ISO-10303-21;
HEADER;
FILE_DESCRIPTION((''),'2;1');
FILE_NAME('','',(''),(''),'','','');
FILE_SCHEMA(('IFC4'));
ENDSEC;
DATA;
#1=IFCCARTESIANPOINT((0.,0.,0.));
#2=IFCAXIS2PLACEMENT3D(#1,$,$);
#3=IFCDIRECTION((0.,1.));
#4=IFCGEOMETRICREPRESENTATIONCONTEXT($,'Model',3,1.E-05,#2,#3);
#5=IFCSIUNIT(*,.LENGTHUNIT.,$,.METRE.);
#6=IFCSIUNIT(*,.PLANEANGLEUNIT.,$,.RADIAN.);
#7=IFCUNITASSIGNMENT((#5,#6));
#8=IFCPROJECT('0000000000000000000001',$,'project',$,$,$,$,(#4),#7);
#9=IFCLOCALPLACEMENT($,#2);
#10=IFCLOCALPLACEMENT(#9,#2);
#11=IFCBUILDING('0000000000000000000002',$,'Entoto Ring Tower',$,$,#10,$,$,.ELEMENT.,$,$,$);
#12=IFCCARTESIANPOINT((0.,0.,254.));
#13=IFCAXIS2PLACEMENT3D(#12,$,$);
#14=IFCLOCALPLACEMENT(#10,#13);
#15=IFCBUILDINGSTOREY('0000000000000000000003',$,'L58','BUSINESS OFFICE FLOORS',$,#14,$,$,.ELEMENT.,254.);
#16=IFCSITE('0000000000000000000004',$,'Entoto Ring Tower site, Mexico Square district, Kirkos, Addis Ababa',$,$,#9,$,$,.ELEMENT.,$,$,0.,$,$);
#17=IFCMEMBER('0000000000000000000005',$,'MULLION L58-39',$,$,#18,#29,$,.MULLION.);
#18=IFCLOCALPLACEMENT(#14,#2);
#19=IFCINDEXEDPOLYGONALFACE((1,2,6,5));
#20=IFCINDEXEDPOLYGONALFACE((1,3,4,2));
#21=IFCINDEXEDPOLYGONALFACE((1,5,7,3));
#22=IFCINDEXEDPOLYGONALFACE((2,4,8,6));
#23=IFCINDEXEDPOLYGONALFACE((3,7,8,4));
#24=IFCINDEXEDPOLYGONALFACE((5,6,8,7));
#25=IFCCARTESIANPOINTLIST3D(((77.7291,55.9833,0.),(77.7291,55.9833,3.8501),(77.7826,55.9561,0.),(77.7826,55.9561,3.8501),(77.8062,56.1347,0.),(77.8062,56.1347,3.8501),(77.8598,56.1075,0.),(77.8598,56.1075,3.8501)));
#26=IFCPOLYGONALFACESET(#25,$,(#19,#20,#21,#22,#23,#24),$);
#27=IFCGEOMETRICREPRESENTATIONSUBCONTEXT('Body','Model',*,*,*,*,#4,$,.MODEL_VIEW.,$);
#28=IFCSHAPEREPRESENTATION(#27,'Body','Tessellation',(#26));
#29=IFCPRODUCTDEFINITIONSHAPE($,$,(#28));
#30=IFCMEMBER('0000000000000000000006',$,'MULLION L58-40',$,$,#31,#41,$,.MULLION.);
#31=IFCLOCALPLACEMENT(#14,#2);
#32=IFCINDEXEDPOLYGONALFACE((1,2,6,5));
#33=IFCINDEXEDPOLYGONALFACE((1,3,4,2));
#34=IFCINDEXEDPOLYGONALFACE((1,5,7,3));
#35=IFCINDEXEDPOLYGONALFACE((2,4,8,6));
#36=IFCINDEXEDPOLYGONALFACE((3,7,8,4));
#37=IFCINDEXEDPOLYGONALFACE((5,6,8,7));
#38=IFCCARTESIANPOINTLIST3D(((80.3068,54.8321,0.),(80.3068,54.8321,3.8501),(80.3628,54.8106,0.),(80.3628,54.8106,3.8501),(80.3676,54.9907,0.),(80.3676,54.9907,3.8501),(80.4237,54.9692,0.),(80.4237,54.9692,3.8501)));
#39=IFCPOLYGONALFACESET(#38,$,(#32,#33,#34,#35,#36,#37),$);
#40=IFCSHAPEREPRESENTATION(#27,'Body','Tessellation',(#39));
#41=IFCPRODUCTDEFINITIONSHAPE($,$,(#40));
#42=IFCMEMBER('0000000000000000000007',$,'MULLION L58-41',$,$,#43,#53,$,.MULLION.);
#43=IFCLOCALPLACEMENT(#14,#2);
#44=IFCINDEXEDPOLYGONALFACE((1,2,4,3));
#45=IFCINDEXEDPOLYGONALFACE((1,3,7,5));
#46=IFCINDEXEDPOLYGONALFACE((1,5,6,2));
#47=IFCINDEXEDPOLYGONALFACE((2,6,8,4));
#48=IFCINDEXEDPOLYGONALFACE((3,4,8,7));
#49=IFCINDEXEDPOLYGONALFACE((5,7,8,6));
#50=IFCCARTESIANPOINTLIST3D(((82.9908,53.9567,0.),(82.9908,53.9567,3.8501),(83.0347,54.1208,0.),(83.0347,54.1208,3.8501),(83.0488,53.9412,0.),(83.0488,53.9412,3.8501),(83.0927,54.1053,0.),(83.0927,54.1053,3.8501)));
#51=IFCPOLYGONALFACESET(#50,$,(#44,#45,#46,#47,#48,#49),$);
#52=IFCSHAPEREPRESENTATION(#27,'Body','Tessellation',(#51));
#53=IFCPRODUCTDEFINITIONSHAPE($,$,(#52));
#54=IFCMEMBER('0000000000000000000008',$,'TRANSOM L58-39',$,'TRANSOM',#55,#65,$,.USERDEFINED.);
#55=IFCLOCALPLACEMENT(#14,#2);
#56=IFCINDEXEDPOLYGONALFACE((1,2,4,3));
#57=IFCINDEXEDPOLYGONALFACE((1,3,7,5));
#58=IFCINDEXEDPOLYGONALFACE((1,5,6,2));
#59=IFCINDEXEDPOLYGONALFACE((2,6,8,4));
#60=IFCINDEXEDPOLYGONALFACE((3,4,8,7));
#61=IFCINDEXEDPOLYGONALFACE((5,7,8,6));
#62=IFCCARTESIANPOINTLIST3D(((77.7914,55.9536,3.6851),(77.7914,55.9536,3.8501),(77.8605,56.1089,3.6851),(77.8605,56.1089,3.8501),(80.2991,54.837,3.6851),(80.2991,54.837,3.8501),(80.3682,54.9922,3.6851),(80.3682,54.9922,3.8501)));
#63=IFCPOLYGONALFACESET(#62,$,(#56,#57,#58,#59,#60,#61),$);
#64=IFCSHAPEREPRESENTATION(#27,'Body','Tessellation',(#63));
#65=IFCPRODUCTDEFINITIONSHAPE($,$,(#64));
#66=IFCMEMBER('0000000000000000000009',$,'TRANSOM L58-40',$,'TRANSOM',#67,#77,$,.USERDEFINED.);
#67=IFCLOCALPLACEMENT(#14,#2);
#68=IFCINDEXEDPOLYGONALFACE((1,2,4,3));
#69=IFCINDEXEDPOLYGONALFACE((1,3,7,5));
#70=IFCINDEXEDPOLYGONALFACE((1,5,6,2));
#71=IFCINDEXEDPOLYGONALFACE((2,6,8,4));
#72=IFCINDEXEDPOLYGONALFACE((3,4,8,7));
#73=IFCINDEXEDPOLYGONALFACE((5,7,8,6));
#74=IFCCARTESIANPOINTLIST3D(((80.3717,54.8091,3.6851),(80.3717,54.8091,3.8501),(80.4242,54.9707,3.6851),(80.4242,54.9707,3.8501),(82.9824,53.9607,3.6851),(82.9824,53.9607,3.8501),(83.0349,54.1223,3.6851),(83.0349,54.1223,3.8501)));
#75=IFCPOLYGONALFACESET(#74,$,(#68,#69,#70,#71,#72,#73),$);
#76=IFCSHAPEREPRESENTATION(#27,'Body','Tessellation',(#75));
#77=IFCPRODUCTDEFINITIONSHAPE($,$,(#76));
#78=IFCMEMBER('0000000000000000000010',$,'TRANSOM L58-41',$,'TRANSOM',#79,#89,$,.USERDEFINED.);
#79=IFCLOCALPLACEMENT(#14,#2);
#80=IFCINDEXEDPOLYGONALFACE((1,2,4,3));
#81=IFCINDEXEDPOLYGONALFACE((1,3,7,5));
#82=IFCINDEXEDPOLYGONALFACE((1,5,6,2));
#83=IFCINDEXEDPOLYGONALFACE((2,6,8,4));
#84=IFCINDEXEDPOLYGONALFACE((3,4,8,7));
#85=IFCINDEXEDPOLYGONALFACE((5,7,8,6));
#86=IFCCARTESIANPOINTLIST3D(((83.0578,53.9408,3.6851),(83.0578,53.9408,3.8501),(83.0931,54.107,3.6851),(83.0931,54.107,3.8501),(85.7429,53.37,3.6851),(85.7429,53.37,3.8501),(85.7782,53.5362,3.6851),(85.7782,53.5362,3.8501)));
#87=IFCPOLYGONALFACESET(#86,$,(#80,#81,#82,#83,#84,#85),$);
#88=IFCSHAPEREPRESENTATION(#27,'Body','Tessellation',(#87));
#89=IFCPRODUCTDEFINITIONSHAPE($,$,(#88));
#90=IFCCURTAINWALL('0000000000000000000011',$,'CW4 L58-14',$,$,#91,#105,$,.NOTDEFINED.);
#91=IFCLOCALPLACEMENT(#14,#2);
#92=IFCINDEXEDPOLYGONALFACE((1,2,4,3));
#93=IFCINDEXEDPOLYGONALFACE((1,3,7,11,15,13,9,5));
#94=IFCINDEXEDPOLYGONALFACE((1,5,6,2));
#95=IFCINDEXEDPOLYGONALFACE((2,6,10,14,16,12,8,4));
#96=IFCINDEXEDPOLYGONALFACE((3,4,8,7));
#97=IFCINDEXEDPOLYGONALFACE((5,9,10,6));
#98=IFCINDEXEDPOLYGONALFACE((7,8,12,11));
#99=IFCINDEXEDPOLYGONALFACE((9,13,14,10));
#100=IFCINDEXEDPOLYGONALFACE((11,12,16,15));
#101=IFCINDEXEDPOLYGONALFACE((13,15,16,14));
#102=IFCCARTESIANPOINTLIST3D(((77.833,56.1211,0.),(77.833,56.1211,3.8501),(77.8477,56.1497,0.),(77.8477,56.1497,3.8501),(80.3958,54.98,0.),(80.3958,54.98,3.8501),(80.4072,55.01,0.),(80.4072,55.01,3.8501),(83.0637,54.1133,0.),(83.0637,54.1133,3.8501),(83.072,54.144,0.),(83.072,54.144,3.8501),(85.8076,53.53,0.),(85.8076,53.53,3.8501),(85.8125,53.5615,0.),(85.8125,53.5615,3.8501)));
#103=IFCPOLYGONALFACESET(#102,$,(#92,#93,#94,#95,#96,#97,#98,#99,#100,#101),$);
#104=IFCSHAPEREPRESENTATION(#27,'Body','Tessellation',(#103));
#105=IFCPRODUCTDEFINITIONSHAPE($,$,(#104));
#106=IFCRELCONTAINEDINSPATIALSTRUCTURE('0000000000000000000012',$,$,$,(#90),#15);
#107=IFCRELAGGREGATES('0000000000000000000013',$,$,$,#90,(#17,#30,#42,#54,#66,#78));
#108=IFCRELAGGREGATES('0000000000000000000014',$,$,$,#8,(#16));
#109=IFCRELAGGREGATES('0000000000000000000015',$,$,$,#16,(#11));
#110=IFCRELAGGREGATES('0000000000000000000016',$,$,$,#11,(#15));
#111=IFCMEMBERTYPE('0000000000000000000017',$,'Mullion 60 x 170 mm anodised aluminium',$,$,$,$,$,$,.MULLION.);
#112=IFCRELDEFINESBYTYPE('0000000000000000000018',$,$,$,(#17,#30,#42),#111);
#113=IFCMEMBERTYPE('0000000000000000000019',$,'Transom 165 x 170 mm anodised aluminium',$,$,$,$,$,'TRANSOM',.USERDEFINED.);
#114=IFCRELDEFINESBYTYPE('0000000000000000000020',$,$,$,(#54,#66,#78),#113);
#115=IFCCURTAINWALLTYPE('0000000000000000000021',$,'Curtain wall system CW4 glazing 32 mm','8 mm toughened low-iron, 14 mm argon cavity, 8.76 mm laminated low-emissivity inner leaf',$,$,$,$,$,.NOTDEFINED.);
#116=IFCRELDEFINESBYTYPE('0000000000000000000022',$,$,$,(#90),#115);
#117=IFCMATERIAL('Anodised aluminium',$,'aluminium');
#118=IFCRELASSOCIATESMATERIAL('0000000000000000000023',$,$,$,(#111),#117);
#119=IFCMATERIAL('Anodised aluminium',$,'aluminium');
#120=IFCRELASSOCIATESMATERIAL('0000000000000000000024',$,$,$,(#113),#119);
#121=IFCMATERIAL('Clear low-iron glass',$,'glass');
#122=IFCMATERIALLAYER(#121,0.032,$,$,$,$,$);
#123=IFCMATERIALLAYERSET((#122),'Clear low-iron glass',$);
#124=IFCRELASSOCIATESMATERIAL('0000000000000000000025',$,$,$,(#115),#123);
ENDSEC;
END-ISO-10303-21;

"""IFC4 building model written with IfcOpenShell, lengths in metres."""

from ifc_helpers import new_model, si_unit, direction, frame, origin, origin_2d, place, context, subcontext, project, spatial, polyline, rectangle, outline, extrude, material, layer, layer_set, material_profile, profile_set, type_object, element, aggregate, save


model = new_model("IFC4")

# Units and contexts
model_context = context("Model", 3, precision=1e-05, world=origin(), true_north=direction((0.0, 1.0)))
body_context = subcontext(model_context, "Body", "Model", "MODEL_VIEW")
ifc_project = project(units=[si_unit("LENGTHUNIT", "METRE"), si_unit("PLANEANGLEUNIT", "RADIAN")], contexts=[model_context])

# Members
ifc_material_1 = material(Name="Anodised aluminium", Category="aluminium")
ifc_material_profile_1 = material_profile(ifc_material_1, rectangle(XDim=0.0601, YDim=0.1699, at=origin_2d()), Name="Mullion 60 x 170 mm anodised aluminium")
ifc_profile_set_1 = profile_set([ifc_material_profile_1], Name="Anodised aluminium")
member_type_1 = type_object("IfcMemberType", Name="Mullion 60 x 170 mm anodised aluminium", PredefinedType="MULLION", material=ifc_profile_set_1)
site_placement = place(None, origin())
building_placement = place(site_placement, origin())
storey_placement = place(building_placement, frame((0.0, 0.0, 254.0)))
member_1_placement = place(storey_placement, frame((77.7944, 56.0454, 0.0), z_axis=(0.0, 0.0, 1.0), x_axis=(0.891007, -0.45399, 0.0)))
member_1 = element("IfcMember", 1, at=member_1_placement, type_object=member_type_1, Name="MULLION L58-39", PredefinedType="MULLION", context=body_context, shape_type="SweptSolid", body=[
    extrude(rectangle(XDim=0.0601, YDim=0.1699, at=origin_2d()), origin(), (0.0, 0.0, 1.0), 3.8501),
])
member_2_placement = place(storey_placement, frame((80.3652, 54.9006, 0.0), z_axis=(0.0, 0.0, 1.0), x_axis=(0.93358, -0.358368, 0.0)))
member_2 = element("IfcMember", 2, at=member_2_placement, type_object=member_type_1, Name="MULLION L58-40", PredefinedType="MULLION", context=body_context, shape_type="SweptSolid", body=[
    extrude(rectangle(XDim=0.0601, YDim=0.1699, at=origin_2d()), origin(), (0.0, 0.0, 1.0), 3.8501),
])
member_3_placement = place(storey_placement, frame((83.0417, 54.031, 0.0), z_axis=(0.0, 0.0, 1.0), x_axis=(0.965926, -0.258819, 0.0)))
member_3 = element("IfcMember", 3, at=member_3_placement, type_object=member_type_1, Name="MULLION L58-41", PredefinedType="MULLION", context=body_context, shape_type="SweptSolid", body=[
    extrude(rectangle(XDim=0.0601, YDim=0.1699, at=origin_2d()), origin(), (0.0, 0.0, 1.0), 3.8501),
])
ifc_material_2 = material(Name="Anodised aluminium", Category="aluminium")
ifc_material_profile_2 = material_profile(ifc_material_2, rectangle(XDim=0.1699, YDim=0.165, at=origin_2d()), Name="Transom 165 x 170 mm anodised aluminium")
ifc_profile_set_2 = profile_set([ifc_material_profile_2], Name="Anodised aluminium")
member_type_2 = type_object("IfcMemberType", Name="Transom 165 x 170 mm anodised aluminium", ElementType="TRANSOM", PredefinedType="USERDEFINED", material=ifc_profile_set_2)
member_4_placement = place(storey_placement, frame((77.8259, 56.0312, 3.7676), z_axis=(0.913525, -0.406782, 0.0), x_axis=(0.406782, 0.913525, 0.0)))
member_4 = element("IfcMember", 4, at=member_4_placement, type_object=member_type_2, Name="TRANSOM L58-39", ObjectType="TRANSOM", PredefinedType="USERDEFINED", context=body_context, shape_type="SweptSolid", body=[
    extrude(rectangle(XDim=0.1699, YDim=0.165, at=origin_2d()), origin(), (0.0, 0.0, 1.0), 2.7451),
])
member_5_placement = place(storey_placement, frame((80.3979, 54.8899, 3.7676), z_axis=(0.951048, -0.309042, 0.0), x_axis=(0.309042, 0.951048, 0.0)))
member_5 = element("IfcMember", 5, at=member_5_placement, type_object=member_type_2, Name="TRANSOM L58-40", ObjectType="TRANSOM", PredefinedType="USERDEFINED", context=body_context, shape_type="SweptSolid", body=[
    extrude(rectangle(XDim=0.1699, YDim=0.165, at=origin_2d()), origin(), (0.0, 0.0, 1.0), 2.7451),
])
member_6_placement = place(storey_placement, frame((83.0754, 54.0239, 3.7676), z_axis=(0.978142, -0.207937, 0.0), x_axis=(0.207937, 0.978142, 0.0)))
member_6 = element("IfcMember", 6, at=member_6_placement, type_object=member_type_2, Name="TRANSOM L58-41", ObjectType="TRANSOM", PredefinedType="USERDEFINED", context=body_context, shape_type="SweptSolid", body=[
    extrude(rectangle(XDim=0.1699, YDim=0.165, at=origin_2d()), origin(), (0.0, 0.0, 1.0), 2.7451),
])

# Site, building, storey
site = spatial("IfcSite", under=ifc_project, at=site_placement, Name="Entoto Ring Tower site, Mexico Square district, Kirkos, Addis Ababa", CompositionType="ELEMENT", RefElevation=0.0)
building = spatial("IfcBuilding", under=site, at=building_placement, Name="Entoto Ring Tower", CompositionType="ELEMENT")
storey = spatial("IfcBuildingStorey", under=building, at=storey_placement, Name="L58", Description="BUSINESS OFFICE FLOORS", CompositionType="ELEMENT", Elevation=254.0)

# Curtain wall
ifc_material_3 = material(Name="Clear low-iron glass", Category="glass")
ifc_layer = layer(ifc_material_3, 0.032)
ifc_layer_set = layer_set([ifc_layer], Name="Clear low-iron glass")
curtain_wall_type = type_object("IfcCurtainWallType", Name="Curtain wall system CW4 glazing 32 mm", Description="8 mm toughened low-iron, 14 mm argon cavity, 8.76 mm laminated low-emissivity inner leaf", PredefinedType="NOTDEFINED", material=ifc_layer_set)
curtain_wall_1_placement = place(storey_placement, origin())
curtain_wall_1 = element("IfcCurtainWall", 7, at=curtain_wall_1_placement, inside=storey, type_object=curtain_wall_type, Name="CW4 L58-14", PredefinedType="NOTDEFINED", context=body_context, shape_type="SweptSolid", body=[
    extrude(outline(polyline([(77.833, 56.1211), (80.3958, 54.98), (83.0637, 54.1133), (85.8076, 53.53), (85.8125, 53.5615), (83.072, 54.144), (80.4072, 55.01), (77.8477, 56.1497), (77.833, 56.1211)])), origin(), (0.0, 0.0, 1.0), 3.8501),
])
aggregate(curtain_wall_1, [member_1, member_2, member_3, member_4, member_5, member_6])

save(model, "model.ifc")
